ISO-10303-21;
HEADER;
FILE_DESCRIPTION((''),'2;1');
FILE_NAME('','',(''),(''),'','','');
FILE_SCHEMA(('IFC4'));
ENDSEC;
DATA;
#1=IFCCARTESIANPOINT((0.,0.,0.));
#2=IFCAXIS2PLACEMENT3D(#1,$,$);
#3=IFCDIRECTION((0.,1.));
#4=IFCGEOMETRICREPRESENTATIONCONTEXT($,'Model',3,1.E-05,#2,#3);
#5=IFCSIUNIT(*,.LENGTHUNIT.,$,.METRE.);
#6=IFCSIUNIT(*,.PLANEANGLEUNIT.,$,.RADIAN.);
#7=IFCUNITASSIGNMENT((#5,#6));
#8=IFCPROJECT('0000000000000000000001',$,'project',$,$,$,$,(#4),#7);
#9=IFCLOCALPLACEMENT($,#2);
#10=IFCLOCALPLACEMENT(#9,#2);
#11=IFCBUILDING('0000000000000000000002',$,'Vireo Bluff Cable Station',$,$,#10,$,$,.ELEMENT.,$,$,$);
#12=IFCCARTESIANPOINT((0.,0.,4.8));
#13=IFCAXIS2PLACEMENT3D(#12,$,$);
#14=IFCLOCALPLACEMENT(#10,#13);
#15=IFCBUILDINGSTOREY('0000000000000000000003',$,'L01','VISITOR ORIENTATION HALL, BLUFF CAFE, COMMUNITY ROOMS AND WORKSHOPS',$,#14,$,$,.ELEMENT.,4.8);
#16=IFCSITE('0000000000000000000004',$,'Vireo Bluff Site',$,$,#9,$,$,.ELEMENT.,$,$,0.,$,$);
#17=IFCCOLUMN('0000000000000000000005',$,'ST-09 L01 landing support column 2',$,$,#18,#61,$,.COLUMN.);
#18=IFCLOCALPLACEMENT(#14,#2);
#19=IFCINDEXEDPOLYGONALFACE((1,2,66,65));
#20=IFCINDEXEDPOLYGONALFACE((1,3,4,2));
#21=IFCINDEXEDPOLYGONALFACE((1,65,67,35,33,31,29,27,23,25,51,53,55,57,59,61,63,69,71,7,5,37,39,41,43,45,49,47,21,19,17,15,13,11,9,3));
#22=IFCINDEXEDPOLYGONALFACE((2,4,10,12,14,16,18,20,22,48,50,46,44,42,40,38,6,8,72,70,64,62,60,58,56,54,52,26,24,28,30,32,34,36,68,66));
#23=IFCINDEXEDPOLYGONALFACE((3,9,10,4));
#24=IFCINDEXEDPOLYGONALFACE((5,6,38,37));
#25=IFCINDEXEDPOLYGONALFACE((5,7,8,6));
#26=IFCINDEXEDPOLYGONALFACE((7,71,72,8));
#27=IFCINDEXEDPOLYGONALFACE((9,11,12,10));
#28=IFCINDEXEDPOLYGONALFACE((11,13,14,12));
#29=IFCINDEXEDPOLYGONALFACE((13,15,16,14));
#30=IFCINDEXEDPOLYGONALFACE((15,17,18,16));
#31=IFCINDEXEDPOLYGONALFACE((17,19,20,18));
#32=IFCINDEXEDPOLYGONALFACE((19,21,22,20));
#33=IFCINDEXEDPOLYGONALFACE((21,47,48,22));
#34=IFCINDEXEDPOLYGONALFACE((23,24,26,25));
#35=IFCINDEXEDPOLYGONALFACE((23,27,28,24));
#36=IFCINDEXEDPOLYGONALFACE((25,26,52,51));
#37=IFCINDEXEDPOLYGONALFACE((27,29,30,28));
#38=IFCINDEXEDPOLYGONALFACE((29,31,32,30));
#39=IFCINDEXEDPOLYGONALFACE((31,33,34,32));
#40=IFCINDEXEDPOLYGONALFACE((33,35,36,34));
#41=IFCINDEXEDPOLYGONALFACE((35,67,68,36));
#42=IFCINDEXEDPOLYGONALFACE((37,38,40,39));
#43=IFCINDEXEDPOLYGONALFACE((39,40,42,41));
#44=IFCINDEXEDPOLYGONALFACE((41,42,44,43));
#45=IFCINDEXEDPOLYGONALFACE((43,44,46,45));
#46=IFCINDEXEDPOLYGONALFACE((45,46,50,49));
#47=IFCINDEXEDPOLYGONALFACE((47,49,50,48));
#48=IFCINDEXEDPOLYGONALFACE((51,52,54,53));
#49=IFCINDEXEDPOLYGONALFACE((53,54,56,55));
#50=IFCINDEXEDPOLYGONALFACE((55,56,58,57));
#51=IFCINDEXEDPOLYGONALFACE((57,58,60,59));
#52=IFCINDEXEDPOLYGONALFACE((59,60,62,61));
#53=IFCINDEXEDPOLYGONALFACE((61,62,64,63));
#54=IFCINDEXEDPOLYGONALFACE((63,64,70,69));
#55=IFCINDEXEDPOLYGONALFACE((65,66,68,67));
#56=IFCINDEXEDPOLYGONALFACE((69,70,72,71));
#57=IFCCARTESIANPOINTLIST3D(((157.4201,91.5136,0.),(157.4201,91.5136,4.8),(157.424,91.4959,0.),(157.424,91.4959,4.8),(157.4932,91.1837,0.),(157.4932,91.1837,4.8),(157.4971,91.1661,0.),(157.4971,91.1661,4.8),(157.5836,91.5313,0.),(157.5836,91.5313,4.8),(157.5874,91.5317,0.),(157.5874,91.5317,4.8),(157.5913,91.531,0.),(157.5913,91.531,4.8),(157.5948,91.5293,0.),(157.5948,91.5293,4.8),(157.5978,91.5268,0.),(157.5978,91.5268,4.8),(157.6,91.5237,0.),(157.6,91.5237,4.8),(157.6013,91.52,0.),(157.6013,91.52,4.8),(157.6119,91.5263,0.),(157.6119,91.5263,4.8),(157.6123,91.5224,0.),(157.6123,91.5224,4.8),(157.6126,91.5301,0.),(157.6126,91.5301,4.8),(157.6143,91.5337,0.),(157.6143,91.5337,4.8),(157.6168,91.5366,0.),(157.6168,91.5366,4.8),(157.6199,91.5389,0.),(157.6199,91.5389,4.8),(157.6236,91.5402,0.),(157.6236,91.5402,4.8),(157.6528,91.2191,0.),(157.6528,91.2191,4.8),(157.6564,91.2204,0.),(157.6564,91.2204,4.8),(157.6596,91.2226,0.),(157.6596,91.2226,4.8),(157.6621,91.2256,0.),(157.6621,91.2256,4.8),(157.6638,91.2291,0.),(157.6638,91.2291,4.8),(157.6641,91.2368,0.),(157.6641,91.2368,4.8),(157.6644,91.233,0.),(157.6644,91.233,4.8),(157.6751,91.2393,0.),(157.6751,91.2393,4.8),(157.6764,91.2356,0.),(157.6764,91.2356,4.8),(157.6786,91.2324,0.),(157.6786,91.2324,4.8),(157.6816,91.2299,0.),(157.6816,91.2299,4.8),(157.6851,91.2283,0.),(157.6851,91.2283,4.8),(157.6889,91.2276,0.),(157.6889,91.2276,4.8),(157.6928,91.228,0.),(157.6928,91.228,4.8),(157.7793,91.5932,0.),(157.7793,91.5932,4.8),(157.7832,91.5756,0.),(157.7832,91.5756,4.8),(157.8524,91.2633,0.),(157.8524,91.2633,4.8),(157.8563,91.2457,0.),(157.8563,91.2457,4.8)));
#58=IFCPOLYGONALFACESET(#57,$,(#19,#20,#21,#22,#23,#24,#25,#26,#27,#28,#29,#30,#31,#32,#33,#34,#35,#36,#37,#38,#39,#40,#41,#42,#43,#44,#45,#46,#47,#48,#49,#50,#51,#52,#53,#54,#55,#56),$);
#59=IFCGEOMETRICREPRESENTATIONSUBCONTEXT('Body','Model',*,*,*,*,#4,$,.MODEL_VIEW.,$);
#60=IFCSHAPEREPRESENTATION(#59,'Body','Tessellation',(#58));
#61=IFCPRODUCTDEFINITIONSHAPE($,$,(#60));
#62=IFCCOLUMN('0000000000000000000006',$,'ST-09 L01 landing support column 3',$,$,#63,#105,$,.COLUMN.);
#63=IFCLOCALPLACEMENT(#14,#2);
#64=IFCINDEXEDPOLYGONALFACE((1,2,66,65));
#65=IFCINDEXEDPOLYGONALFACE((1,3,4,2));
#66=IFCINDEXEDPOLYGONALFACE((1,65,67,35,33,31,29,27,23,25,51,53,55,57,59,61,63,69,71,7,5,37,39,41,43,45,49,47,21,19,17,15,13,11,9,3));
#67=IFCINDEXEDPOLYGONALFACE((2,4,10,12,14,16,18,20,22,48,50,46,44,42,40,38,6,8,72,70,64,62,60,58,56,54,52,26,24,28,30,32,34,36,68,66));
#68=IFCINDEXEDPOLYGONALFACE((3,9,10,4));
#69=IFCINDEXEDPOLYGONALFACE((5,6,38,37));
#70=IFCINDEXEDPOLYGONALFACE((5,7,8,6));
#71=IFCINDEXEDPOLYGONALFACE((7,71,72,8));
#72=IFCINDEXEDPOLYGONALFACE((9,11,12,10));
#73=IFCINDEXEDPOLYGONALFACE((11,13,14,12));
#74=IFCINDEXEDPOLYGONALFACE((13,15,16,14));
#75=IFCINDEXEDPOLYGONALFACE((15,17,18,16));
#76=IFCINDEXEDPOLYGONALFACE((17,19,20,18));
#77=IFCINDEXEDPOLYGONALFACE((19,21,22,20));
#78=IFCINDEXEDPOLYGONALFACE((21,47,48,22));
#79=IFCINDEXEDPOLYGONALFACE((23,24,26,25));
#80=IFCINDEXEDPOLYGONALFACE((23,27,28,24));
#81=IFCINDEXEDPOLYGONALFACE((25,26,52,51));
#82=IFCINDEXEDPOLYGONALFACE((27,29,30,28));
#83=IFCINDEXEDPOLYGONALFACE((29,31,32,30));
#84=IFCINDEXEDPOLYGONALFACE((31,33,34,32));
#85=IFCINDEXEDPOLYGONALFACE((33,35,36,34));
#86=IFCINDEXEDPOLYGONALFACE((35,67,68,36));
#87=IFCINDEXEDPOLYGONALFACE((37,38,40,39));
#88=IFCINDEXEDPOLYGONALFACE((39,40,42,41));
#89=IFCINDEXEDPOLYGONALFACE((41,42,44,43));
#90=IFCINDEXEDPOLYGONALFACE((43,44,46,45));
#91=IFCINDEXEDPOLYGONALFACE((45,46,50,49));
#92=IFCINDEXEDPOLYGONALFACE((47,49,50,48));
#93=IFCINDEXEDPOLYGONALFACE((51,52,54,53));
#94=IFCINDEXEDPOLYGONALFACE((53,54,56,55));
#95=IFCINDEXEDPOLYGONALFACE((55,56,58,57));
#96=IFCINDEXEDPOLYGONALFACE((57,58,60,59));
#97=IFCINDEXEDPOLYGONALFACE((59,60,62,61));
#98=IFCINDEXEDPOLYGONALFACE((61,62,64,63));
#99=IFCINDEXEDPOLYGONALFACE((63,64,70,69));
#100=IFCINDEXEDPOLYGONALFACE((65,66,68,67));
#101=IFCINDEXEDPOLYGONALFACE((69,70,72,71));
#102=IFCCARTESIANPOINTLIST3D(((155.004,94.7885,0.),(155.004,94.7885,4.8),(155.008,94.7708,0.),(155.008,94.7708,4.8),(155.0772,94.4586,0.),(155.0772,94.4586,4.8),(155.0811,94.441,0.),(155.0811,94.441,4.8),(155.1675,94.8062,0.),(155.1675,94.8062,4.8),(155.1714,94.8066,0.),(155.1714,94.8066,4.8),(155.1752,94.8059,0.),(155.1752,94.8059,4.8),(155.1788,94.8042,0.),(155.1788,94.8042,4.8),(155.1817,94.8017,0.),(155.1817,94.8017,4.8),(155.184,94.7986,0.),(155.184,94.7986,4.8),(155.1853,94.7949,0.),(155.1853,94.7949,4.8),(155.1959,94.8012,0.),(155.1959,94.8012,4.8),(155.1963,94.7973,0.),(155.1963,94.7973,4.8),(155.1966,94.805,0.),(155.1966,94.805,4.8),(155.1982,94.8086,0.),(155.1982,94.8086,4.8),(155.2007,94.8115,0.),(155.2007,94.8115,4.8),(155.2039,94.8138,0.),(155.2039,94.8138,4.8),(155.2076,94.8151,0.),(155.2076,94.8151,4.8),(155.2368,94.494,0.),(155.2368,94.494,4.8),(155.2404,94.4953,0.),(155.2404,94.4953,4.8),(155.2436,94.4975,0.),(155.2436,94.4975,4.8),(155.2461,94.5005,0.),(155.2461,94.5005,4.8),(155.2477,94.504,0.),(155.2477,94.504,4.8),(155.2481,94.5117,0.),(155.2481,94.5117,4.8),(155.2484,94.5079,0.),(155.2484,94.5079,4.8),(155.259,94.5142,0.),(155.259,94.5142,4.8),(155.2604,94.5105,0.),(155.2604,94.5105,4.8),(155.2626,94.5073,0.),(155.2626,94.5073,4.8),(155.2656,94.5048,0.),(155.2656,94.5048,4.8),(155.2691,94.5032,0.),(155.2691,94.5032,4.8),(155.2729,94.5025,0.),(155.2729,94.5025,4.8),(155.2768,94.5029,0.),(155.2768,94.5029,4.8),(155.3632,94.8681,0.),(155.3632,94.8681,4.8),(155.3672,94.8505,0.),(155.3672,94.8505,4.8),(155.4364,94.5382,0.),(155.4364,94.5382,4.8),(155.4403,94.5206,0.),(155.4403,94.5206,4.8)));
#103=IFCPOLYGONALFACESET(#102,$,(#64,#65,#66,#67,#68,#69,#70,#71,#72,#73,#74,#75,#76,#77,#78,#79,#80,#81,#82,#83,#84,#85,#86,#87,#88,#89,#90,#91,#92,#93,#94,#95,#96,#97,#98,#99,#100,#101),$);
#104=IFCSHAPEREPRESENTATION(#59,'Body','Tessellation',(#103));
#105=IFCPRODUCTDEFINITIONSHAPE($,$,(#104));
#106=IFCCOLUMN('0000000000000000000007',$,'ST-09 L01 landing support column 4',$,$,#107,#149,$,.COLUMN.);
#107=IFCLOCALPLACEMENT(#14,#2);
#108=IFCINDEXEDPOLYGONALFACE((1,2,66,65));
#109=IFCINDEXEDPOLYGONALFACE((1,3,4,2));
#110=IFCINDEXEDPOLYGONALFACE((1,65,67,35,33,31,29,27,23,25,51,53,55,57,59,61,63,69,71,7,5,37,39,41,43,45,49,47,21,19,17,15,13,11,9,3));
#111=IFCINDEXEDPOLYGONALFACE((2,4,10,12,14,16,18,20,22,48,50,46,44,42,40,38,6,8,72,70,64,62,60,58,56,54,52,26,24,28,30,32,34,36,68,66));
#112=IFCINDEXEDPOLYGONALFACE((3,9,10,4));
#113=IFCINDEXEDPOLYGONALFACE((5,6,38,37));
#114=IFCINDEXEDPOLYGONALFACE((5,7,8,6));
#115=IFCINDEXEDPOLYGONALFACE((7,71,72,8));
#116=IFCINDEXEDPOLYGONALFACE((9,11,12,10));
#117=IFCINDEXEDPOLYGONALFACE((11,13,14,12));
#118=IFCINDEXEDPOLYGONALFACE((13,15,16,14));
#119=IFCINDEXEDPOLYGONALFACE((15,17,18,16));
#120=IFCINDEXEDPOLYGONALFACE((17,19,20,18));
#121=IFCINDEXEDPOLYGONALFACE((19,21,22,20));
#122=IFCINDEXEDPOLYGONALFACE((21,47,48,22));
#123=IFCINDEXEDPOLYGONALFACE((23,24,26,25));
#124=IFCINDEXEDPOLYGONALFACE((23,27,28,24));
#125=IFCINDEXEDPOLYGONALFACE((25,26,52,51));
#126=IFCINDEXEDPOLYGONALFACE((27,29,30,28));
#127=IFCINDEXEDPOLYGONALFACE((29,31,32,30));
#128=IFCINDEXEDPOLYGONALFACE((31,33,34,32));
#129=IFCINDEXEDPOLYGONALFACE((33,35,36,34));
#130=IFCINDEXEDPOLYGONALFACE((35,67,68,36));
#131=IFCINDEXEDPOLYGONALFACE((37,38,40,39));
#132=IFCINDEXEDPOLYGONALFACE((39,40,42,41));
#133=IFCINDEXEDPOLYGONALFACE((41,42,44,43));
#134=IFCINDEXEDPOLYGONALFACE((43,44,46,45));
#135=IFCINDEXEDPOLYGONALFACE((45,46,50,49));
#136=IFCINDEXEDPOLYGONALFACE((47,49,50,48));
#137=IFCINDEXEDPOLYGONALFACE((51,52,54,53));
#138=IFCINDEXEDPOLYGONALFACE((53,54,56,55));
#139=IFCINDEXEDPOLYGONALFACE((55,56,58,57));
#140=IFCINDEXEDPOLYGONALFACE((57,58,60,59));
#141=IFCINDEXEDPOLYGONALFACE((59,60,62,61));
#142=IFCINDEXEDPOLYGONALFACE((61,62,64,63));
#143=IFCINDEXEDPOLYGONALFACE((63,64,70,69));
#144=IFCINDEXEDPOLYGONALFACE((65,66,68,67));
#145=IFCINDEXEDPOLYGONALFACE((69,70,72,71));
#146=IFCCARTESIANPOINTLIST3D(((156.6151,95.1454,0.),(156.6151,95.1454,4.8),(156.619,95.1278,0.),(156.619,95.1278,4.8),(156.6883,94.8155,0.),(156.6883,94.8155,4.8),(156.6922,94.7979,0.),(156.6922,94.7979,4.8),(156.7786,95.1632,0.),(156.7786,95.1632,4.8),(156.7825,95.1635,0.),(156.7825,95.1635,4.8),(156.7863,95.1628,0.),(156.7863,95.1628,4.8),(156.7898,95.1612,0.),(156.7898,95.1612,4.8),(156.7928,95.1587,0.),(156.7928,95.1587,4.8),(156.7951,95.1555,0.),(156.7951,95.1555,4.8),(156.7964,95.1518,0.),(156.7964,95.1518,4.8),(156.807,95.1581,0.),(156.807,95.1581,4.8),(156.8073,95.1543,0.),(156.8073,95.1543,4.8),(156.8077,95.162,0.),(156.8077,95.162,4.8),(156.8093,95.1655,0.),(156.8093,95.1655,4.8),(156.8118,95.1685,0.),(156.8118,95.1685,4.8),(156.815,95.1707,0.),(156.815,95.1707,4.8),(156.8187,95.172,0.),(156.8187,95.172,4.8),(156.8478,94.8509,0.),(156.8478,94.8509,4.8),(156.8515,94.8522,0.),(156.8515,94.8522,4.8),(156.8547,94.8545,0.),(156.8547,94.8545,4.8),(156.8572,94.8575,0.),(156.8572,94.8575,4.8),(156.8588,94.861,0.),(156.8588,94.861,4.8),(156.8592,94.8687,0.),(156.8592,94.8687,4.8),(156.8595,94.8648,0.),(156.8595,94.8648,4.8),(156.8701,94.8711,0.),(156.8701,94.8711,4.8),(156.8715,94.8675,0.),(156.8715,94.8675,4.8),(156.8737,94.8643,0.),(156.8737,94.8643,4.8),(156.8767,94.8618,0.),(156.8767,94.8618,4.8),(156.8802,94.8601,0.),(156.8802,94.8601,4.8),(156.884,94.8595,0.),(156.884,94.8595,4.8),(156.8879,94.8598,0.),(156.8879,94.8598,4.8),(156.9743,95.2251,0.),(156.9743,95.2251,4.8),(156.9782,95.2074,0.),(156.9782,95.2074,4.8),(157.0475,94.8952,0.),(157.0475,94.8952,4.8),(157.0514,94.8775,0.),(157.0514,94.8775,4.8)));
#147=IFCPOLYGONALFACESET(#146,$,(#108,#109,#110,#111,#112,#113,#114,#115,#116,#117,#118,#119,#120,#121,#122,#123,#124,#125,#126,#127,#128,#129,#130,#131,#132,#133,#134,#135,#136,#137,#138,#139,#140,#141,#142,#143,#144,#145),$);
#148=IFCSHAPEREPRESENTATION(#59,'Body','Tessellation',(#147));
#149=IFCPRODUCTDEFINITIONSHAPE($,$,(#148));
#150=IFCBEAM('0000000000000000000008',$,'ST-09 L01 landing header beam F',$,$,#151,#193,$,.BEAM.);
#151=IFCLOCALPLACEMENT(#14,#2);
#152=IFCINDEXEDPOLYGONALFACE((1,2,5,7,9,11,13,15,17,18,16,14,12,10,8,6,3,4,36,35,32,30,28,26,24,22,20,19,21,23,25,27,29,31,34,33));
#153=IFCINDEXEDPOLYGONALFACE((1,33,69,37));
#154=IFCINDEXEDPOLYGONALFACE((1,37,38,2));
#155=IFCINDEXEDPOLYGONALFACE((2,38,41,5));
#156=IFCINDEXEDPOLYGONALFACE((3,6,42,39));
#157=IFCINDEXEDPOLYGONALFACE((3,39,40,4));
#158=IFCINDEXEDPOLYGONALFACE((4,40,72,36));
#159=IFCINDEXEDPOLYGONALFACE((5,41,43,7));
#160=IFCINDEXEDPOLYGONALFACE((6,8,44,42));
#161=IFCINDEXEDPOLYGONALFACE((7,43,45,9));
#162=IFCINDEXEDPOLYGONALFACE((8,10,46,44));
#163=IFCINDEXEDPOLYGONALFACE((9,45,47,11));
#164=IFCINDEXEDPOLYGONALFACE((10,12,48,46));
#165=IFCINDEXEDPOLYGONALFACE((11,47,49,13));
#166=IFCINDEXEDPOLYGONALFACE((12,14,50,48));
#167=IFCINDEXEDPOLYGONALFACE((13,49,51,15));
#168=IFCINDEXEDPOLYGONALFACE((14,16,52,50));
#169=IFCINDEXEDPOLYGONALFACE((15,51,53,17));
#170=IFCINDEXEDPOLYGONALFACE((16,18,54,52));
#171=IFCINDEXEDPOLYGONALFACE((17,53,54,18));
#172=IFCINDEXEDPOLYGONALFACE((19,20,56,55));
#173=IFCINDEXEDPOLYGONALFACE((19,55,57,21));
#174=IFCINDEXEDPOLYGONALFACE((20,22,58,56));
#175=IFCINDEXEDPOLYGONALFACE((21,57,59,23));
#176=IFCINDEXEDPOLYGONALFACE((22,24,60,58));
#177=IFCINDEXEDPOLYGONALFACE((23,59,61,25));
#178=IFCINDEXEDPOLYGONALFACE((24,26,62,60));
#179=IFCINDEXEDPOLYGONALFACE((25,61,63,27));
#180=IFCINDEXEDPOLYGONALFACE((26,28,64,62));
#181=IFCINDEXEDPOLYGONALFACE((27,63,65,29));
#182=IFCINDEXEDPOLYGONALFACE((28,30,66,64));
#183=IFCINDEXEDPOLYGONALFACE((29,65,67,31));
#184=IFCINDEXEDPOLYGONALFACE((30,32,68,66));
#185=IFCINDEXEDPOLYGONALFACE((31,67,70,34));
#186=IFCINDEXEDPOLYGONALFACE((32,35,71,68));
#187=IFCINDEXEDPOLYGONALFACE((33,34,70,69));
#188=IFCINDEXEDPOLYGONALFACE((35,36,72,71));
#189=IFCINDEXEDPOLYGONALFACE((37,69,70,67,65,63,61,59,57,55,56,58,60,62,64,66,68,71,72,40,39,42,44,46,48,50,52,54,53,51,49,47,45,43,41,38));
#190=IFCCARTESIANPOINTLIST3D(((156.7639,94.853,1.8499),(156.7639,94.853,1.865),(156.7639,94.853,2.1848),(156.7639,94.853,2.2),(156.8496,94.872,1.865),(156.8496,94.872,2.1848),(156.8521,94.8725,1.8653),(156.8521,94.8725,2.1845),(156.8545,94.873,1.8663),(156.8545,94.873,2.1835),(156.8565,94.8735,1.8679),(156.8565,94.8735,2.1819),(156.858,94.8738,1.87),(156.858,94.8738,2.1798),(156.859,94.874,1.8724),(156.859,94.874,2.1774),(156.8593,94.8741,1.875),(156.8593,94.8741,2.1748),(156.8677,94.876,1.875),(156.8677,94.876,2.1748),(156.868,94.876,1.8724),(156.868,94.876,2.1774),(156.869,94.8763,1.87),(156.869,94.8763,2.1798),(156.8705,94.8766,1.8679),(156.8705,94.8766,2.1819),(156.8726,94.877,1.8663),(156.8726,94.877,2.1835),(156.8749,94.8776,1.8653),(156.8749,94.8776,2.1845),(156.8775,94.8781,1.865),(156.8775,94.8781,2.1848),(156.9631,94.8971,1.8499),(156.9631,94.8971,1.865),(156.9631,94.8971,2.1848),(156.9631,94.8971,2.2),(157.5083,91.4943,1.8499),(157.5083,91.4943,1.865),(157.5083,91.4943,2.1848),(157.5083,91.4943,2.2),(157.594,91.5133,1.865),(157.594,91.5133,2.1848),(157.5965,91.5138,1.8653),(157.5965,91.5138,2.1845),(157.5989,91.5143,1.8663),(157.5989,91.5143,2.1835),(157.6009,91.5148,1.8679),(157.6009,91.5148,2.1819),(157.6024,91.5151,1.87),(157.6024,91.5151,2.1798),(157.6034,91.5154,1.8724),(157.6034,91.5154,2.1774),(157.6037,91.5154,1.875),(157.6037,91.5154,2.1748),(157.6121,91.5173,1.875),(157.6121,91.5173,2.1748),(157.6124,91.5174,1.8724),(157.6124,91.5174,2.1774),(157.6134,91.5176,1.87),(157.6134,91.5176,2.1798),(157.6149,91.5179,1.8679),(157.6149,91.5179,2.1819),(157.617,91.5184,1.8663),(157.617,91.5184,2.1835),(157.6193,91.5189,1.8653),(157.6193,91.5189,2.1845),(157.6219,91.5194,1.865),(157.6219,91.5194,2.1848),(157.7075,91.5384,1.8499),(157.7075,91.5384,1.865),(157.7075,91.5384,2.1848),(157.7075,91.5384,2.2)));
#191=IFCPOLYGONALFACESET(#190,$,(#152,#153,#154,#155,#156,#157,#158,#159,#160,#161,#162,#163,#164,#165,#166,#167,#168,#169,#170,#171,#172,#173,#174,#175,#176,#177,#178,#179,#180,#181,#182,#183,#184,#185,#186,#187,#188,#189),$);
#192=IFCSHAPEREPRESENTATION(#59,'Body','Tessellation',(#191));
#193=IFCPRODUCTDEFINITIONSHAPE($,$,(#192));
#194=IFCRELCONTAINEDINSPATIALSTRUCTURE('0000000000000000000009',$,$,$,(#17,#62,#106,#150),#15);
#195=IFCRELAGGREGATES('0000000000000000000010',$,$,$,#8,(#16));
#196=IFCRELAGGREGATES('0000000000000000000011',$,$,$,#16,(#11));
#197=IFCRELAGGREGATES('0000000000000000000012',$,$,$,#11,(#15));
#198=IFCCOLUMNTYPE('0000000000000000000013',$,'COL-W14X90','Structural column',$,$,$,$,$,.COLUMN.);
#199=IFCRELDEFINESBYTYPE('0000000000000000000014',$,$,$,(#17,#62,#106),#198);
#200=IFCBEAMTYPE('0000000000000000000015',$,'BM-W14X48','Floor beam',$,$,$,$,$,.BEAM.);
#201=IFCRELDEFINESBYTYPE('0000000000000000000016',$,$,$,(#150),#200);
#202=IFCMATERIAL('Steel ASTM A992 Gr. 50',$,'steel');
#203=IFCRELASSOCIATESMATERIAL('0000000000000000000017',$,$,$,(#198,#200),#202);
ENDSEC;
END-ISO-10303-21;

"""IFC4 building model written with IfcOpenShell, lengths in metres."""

from ifc_helpers import new_model, si_unit, direction, frame, origin, origin_2d, place, context, subcontext, project, spatial, i_section, extrude, material, material_profile, profile_set, type_object, element, save


model = new_model("IFC4")

# Units and contexts
model_context = context("Model", 3, precision=1e-05, world=origin(), true_north=direction((0.0, 1.0)))
body_context = subcontext(model_context, "Body", "Model", "MODEL_VIEW")
ifc_project = project(units=[si_unit("LENGTHUNIT", "METRE"), si_unit("PLANEANGLEUNIT", "RADIAN")], contexts=[model_context])

# Site, building, storey
site_placement = place(None, origin())
site = spatial("IfcSite", under=ifc_project, at=site_placement, Name="Vireo Bluff Site", CompositionType="ELEMENT", RefElevation=0.0)
building_placement = place(site_placement, origin())
building = spatial("IfcBuilding", under=site, at=building_placement, Name="Vireo Bluff Cable Station", CompositionType="ELEMENT")
storey_placement = place(building_placement, frame((0.0, 0.0, 4.8)))
storey = spatial("IfcBuildingStorey", under=building, at=storey_placement, Name="L01", Description="VISITOR ORIENTATION HALL, BLUFF CAFE, COMMUNITY ROOMS AND WORKSHOPS", CompositionType="ELEMENT", Elevation=4.8)

# Columns
ifc_material_1 = material(Name="Steel ASTM A992 Gr. 50", Category="steel")
ifc_material_profile_1 = material_profile(ifc_material_1, i_section(OverallWidth=0.3679, OverallDepth=0.356, WebThickness=0.0112, FlangeThickness=0.0181, FilletRadius=0.0149, at=origin_2d()), Name="W14X90")
ifc_profile_set_1 = profile_set([ifc_material_profile_1], Name="Steel ASTM A992 Gr. 50")
column_type = type_object("IfcColumnType", Name="COL-W14X90", Description="Structural column", PredefinedType="COLUMN", material=ifc_profile_set_1)
for number, where, z_axis, x_axis, name in (
    (1, (157.6382, 91.3796, 0.0), (0.0, 0.0, 1.0), (0.976296, 0.21644, 0.0), "ST-09 L01 landing support column 2"),
    (2, (155.2222, 94.6545, 0.0), (0.0, 0.0, 1.0), (0.976296, 0.21644, 0.0), "ST-09 L01 landing support column 3"),
    (3, (156.8333, 95.0115, 0.0), (0.0, 0.0, 1.0), (0.976296, 0.21644, 0.0), "ST-09 L01 landing support column 4"),
):
    element("IfcColumn", number, at=place(storey_placement, frame(where, z_axis=z_axis, x_axis=x_axis)), inside=storey, type_object=column_type, Name=name, PredefinedType="COLUMN", context=body_context, shape_type="SweptSolid", body=[
        extrude(i_section(OverallWidth=0.3679, OverallDepth=0.356, WebThickness=0.0112, FlangeThickness=0.0181, FilletRadius=0.0149, at=origin_2d()), origin(), (0.0, 0.0, 1.0), 4.8),
    ])

# Beam
ifc_material_profile_2 = material_profile(ifc_material_1, i_section(OverallWidth=0.2041, OverallDepth=0.3501, WebThickness=0.0085, FlangeThickness=0.0151, FilletRadius=0.01, at=origin_2d()), Name="W14X48")
ifc_profile_set_2 = profile_set([ifc_material_profile_2], Name="Steel ASTM A992 Gr. 50")
beam_type_1 = type_object("IfcBeamType", Name="BM-W14X48", Description="Floor beam", PredefinedType="BEAM", material=ifc_profile_set_2)
beam_1_placement = place(storey_placement, frame((157.6079, 91.5164, 2.0249), z_axis=(-0.216382, 0.976309, 0.0), x_axis=(-0.976309, -0.216382, 0.0)))
element("IfcBeam", 4, at=beam_1_placement, inside=storey, type_object=beam_type_1, Name="ST-09 L01 landing header beam F", PredefinedType="BEAM", context=body_context, shape_type="SweptSolid", body=[
    extrude(i_section(OverallWidth=0.2041, OverallDepth=0.3501, WebThickness=0.0085, FlangeThickness=0.0151, FilletRadius=0.01, at=origin_2d()), origin(), (0.0, 0.0, 1.0), 3.4402),
])

save(model, "model.ifc")
